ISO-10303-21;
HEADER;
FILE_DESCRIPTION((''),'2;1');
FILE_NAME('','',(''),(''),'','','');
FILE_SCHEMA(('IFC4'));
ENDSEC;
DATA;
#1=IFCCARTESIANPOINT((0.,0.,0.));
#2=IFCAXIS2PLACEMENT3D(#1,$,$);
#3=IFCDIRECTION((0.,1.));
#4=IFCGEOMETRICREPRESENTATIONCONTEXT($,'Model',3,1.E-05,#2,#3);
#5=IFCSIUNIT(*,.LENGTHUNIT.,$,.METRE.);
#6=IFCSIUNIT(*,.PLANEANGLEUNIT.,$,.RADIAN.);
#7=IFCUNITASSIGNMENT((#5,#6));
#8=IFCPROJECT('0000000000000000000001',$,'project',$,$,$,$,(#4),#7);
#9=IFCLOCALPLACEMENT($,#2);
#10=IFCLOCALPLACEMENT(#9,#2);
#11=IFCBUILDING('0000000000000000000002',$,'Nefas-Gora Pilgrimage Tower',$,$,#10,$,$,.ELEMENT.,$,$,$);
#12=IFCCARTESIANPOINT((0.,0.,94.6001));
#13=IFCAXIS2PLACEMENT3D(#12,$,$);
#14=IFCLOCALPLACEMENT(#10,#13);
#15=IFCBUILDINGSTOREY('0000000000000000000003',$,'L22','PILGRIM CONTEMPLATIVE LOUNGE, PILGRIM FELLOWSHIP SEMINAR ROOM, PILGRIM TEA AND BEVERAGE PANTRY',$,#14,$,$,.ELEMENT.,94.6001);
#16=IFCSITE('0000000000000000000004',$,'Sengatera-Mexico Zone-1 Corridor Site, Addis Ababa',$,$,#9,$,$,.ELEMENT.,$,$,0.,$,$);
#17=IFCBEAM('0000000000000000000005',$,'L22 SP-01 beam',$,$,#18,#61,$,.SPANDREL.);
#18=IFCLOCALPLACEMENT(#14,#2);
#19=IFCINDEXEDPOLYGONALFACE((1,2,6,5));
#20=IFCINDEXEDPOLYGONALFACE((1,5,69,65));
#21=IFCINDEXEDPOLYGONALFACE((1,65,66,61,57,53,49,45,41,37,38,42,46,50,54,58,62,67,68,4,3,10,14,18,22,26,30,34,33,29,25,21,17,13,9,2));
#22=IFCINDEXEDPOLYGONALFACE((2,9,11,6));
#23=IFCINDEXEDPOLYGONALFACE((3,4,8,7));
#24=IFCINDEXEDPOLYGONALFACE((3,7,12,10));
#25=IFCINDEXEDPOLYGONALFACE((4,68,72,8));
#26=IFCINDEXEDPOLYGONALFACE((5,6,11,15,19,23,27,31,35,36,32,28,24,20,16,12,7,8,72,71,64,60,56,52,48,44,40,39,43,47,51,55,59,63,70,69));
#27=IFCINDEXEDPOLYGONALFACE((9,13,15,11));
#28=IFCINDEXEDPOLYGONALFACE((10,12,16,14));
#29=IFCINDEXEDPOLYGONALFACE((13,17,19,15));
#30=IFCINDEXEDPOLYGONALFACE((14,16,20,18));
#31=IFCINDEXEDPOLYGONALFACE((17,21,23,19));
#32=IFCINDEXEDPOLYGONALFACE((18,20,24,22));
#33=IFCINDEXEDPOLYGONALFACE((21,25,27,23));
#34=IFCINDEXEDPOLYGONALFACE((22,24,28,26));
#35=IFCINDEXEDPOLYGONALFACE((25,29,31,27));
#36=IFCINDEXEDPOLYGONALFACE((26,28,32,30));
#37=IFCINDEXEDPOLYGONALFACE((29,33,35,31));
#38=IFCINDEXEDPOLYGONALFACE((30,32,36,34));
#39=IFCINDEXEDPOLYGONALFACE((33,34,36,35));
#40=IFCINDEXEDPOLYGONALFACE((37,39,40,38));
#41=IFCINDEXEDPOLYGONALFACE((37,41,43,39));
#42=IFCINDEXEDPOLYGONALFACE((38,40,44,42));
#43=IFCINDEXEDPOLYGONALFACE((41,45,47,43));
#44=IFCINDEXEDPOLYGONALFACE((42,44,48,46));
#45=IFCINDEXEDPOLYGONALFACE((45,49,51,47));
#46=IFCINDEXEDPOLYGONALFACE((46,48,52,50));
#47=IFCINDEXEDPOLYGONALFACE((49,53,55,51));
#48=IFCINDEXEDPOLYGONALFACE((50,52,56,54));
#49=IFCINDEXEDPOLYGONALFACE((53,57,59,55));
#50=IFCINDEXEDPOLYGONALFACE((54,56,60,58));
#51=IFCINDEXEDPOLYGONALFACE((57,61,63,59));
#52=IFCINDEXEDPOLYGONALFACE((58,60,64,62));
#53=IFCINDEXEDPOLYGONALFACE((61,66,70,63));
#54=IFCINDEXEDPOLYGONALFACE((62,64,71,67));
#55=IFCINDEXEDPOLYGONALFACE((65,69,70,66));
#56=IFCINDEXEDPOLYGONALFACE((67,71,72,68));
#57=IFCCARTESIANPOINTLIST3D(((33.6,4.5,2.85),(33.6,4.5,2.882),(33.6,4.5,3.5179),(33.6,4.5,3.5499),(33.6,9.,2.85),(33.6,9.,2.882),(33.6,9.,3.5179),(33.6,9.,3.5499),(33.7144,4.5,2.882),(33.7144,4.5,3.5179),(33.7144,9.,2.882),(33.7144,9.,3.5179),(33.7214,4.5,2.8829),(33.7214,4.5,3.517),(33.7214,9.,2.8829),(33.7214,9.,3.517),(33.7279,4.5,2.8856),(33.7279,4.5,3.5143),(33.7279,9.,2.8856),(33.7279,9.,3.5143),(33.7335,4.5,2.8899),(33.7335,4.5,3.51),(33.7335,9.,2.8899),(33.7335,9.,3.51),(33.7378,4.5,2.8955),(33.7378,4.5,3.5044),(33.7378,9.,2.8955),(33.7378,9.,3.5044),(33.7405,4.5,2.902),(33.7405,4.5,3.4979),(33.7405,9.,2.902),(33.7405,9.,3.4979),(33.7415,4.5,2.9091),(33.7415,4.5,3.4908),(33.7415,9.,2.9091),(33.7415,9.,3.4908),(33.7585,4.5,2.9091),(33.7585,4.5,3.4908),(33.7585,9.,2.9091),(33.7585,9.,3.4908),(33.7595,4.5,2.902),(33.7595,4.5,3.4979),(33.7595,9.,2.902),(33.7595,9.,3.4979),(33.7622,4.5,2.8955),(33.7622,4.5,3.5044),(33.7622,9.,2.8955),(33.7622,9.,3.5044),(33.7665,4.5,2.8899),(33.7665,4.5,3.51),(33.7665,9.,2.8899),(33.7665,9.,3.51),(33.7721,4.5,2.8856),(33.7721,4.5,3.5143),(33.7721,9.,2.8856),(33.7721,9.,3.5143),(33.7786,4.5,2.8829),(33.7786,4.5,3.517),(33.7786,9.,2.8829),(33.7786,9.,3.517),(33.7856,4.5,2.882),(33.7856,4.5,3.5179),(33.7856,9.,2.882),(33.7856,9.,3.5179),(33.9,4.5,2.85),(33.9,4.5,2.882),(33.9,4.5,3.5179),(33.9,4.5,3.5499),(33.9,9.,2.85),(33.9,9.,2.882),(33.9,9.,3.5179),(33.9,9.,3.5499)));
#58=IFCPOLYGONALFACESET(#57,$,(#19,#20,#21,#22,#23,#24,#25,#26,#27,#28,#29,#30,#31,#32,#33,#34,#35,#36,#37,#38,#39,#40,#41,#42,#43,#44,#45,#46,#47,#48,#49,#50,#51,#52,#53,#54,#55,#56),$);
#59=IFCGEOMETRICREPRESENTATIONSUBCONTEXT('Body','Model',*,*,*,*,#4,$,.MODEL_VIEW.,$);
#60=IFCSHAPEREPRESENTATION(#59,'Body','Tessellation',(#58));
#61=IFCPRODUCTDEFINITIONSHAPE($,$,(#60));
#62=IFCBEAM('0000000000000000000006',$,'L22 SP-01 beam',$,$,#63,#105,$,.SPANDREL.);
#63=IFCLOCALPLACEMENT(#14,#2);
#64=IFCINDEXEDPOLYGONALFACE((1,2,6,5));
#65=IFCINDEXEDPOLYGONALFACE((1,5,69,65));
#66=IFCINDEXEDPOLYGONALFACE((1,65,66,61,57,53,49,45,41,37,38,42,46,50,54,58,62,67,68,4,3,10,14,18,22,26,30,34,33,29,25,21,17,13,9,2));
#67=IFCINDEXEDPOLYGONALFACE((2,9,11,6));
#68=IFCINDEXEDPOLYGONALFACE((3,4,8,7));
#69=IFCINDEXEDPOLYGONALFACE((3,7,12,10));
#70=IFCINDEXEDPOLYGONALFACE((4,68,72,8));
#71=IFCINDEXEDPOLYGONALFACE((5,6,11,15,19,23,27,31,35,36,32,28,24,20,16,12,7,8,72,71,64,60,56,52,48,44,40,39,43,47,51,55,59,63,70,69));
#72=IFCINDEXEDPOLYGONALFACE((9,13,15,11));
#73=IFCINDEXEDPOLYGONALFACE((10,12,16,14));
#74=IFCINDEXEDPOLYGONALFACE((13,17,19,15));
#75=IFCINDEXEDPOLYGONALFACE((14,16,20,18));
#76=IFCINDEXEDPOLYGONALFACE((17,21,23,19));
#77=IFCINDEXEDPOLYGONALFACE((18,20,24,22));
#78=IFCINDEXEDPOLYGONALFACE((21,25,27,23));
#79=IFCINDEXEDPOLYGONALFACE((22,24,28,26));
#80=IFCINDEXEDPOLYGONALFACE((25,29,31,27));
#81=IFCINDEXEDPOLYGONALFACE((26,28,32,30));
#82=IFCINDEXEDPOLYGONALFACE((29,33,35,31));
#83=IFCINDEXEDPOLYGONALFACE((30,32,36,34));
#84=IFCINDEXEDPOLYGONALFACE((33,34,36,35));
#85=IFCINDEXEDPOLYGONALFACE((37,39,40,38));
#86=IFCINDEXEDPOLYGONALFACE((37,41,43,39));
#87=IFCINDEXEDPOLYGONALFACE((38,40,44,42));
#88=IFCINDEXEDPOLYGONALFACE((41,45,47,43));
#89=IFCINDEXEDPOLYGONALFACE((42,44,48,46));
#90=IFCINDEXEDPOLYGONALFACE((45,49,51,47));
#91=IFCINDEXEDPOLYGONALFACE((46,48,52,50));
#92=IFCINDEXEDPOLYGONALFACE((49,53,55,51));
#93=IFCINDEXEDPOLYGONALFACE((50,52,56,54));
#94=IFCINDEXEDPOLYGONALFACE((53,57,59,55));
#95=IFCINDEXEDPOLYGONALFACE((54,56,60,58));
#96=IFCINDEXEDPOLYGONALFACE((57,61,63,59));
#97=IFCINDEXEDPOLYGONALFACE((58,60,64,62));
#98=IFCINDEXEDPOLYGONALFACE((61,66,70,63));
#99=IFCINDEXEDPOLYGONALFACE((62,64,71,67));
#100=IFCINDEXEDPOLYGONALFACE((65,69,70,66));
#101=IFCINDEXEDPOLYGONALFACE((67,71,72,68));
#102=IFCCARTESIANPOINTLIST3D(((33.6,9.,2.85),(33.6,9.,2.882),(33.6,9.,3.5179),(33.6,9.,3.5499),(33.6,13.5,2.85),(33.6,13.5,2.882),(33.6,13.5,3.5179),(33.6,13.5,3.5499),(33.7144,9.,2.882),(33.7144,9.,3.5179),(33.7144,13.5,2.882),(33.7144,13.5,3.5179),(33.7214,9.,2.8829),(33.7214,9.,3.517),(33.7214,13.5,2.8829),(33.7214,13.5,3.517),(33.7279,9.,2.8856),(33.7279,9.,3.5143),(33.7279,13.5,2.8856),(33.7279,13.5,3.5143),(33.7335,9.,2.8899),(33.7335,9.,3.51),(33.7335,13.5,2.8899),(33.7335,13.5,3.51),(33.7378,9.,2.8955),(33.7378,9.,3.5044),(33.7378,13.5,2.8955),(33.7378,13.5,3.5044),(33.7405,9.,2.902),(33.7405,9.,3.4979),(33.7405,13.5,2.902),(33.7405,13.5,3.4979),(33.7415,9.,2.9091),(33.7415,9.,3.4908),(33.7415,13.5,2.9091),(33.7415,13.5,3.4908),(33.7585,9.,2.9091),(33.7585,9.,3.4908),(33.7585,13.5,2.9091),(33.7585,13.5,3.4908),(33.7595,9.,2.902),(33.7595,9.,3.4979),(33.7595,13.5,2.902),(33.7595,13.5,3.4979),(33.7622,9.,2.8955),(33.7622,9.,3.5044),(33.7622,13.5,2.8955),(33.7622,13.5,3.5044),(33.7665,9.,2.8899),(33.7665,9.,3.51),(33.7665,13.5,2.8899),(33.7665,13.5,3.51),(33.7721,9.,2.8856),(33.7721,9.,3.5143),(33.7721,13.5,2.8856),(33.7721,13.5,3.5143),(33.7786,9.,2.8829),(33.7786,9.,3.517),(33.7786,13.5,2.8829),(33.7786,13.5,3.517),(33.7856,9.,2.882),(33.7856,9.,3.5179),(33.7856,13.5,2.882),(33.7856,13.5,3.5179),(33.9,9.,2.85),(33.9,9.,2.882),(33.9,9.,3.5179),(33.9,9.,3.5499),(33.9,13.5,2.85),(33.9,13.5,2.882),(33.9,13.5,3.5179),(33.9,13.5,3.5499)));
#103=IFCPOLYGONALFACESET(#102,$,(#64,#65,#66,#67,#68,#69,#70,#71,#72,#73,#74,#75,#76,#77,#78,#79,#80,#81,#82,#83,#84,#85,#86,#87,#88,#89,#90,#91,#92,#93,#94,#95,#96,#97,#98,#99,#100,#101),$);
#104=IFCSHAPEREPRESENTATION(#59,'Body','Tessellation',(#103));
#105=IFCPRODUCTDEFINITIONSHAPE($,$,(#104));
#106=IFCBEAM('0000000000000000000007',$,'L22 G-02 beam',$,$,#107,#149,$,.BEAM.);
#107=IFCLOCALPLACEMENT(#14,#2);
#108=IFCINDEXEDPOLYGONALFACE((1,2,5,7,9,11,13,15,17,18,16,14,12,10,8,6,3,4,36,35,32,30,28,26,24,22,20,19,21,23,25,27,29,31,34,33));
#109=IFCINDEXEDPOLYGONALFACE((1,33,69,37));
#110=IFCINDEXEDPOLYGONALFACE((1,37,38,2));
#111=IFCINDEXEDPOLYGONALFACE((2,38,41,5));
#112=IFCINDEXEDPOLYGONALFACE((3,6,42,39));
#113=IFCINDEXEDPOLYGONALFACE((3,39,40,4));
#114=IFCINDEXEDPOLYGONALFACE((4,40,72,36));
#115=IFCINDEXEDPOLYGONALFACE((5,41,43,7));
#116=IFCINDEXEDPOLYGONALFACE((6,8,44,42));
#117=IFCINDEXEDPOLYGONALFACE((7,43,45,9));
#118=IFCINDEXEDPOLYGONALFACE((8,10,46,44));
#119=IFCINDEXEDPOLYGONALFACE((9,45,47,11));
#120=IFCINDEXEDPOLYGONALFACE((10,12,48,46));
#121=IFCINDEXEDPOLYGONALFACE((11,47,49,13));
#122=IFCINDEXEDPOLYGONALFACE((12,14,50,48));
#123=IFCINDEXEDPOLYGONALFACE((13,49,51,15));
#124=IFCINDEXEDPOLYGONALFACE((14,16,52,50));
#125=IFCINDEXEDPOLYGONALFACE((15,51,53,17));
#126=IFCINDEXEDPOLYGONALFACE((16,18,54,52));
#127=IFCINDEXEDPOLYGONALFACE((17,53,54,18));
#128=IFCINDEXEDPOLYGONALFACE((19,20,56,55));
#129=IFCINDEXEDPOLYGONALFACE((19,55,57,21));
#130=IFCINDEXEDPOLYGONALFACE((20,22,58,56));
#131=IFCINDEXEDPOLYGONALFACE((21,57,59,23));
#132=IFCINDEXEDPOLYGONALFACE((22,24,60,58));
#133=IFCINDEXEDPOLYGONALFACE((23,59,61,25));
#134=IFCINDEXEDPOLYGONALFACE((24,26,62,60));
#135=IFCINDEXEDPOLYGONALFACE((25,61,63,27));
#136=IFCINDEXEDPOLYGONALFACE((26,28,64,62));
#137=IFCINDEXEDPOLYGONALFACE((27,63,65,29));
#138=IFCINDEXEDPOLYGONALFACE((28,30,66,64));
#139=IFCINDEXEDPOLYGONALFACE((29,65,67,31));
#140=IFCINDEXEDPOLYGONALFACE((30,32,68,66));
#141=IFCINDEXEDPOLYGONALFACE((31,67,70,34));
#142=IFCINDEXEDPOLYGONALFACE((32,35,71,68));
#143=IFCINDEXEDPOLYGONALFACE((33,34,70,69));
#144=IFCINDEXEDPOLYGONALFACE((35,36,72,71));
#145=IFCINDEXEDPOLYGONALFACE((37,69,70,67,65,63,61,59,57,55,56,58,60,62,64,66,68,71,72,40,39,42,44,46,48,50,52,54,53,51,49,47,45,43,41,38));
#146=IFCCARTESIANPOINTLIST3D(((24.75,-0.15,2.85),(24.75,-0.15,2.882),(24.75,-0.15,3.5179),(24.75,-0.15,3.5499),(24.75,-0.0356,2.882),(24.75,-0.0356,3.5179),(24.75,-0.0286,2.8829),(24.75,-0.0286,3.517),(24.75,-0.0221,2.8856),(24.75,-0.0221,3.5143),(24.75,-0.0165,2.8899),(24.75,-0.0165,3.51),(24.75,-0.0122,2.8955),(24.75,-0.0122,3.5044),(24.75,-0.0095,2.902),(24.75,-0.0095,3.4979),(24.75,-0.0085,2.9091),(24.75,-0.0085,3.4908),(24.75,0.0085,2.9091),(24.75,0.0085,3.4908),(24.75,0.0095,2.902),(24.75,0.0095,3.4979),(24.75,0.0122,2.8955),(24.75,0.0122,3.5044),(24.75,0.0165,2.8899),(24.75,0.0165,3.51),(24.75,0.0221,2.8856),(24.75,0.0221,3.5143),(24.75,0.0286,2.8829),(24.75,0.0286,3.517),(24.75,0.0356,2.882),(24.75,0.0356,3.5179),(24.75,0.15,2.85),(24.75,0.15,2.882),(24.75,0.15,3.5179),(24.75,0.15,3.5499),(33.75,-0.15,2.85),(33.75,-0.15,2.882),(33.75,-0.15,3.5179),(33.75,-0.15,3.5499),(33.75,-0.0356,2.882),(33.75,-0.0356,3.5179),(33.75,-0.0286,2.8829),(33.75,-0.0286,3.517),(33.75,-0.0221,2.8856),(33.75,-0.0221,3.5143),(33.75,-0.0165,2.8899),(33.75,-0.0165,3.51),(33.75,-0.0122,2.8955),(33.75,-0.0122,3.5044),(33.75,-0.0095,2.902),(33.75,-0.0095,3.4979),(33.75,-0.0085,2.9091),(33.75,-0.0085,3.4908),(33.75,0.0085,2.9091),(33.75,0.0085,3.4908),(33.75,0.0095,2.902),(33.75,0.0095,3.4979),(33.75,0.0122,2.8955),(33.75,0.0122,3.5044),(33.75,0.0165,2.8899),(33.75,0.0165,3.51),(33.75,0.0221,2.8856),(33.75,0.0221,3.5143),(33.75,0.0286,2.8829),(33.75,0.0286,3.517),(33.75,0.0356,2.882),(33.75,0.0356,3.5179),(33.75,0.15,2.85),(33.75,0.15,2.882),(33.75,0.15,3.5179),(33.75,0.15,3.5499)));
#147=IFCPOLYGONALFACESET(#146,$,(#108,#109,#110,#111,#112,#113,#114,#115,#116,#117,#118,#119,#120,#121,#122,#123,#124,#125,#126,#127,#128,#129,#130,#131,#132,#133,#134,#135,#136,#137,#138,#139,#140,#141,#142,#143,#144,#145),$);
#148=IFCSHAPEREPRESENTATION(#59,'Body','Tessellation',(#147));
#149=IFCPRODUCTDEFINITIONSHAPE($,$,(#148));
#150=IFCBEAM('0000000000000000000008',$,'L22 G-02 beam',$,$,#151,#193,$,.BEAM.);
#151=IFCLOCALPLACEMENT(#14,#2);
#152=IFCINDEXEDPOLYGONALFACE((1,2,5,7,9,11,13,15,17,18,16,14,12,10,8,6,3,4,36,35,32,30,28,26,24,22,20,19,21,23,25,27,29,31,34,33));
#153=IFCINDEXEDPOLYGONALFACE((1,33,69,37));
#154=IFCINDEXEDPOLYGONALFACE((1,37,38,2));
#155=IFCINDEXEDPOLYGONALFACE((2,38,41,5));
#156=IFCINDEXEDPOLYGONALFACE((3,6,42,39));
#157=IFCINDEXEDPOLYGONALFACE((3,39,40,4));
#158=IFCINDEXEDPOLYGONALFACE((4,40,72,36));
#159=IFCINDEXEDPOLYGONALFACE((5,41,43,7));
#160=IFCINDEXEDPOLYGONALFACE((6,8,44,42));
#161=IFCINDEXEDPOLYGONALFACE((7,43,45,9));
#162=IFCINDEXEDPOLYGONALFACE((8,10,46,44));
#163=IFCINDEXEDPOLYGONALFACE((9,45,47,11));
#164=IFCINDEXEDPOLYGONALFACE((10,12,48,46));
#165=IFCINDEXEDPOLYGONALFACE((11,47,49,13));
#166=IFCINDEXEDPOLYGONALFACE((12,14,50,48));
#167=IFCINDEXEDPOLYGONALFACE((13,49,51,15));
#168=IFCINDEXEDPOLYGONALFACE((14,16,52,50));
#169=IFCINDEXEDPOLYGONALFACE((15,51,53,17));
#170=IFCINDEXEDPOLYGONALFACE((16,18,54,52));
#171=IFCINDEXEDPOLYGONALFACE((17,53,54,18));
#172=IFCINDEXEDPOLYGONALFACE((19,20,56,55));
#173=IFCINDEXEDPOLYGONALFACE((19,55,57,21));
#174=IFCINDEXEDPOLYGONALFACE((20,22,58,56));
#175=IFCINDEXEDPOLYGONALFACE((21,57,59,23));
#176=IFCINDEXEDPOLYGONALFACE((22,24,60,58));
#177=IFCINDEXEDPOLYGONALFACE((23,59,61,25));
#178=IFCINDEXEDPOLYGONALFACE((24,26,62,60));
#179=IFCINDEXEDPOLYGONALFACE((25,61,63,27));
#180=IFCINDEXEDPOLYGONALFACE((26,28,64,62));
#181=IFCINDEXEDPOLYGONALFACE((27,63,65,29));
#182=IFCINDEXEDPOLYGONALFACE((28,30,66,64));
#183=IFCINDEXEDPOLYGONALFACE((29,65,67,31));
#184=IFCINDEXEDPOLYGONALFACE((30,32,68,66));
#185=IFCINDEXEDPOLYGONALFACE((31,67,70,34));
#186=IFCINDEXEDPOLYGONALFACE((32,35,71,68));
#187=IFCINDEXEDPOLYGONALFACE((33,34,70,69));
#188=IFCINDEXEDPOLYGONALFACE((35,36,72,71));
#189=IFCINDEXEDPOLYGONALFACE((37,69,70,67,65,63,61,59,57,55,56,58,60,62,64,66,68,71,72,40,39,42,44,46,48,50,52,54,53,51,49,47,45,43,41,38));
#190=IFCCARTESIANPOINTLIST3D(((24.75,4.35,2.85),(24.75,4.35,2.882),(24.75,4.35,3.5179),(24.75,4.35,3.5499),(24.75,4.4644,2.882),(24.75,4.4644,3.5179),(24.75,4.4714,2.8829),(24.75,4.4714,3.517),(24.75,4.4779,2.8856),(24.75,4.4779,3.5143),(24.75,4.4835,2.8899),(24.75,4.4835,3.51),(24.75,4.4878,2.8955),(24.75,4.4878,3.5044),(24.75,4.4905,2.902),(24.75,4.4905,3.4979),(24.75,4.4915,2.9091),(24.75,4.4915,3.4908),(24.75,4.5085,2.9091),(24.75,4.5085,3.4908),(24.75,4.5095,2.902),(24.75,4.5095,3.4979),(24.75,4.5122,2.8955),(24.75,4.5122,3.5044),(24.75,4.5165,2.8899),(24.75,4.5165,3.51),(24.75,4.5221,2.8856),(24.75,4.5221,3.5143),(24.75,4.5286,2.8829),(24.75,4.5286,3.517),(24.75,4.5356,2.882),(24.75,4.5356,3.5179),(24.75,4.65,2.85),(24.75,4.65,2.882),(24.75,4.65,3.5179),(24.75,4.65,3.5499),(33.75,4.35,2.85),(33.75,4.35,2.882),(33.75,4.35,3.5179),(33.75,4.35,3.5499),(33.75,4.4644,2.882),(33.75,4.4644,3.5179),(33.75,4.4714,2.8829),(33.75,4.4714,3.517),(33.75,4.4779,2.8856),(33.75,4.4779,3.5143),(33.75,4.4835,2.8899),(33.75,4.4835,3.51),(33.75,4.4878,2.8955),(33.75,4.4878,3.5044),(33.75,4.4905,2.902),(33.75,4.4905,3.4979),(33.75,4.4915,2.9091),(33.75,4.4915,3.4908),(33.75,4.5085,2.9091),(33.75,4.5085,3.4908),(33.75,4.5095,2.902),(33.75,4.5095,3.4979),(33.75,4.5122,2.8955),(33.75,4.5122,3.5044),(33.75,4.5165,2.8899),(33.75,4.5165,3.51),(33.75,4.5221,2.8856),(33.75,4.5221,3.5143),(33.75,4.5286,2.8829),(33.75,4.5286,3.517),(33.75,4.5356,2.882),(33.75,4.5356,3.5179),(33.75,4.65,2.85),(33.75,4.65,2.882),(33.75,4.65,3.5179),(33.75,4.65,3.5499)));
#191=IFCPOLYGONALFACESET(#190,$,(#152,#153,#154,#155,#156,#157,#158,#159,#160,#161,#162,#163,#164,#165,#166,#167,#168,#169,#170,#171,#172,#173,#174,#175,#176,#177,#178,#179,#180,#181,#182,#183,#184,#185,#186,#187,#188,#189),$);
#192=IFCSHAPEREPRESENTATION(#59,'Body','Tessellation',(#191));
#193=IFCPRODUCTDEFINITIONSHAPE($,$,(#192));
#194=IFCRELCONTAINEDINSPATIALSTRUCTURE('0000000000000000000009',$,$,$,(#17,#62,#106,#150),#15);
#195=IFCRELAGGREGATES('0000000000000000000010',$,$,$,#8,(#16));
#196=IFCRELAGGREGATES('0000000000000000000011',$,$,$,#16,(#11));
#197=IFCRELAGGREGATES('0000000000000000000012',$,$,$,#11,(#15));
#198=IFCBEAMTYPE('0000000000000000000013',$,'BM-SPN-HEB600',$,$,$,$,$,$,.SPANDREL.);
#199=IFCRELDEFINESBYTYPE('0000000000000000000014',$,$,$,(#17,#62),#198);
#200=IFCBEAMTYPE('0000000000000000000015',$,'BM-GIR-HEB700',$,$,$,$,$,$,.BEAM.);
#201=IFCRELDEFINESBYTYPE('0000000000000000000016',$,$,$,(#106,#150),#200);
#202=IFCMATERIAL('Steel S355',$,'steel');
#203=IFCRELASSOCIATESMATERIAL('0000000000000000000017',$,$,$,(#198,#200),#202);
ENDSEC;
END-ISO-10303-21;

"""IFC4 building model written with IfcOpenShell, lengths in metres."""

from ifc_helpers import new_model, si_unit, direction, frame, origin, origin_2d, place, context, subcontext, project, spatial, i_section, extrude, source, transform, mapped, material, material_profile, profile_set, type_object, element, save


model = new_model("IFC4")

# Units and contexts
model_context = context("Model", 3, precision=1e-05, world=origin(), true_north=direction((0.0, 1.0)))
body_context = subcontext(model_context, "Body", "Model", "MODEL_VIEW")
ifc_project = project(units=[si_unit("LENGTHUNIT", "METRE"), si_unit("PLANEANGLEUNIT", "RADIAN")], contexts=[model_context])

# Site, building, storey
site_placement = place(None, origin())
site = spatial("IfcSite", under=ifc_project, at=site_placement, Name="Sengatera-Mexico Zone-1 Corridor Site, Addis Ababa", CompositionType="ELEMENT", RefElevation=0.0)
building_placement = place(site_placement, origin())
building = spatial("IfcBuilding", under=site, at=building_placement, Name="Nefas-Gora Pilgrimage Tower", CompositionType="ELEMENT")
storey_placement = place(building_placement, frame((0.0, 0.0, 94.6001)))
storey = spatial("IfcBuildingStorey", under=building, at=storey_placement, Name="L22", Description="PILGRIM CONTEMPLATIVE LOUNGE, PILGRIM FELLOWSHIP SEMINAR ROOM, PILGRIM TEA AND BEVERAGE PANTRY", CompositionType="ELEMENT", Elevation=94.6001)

# Beams
ifc_material_1 = material(Name="Steel S355", Category="steel")
ifc_material_profile_1 = material_profile(ifc_material_1, i_section(OverallWidth=0.3, OverallDepth=0.7, WebThickness=0.0171, FlangeThickness=0.032, FilletRadius=0.0271, at=origin_2d()), Name="HEB 700")
ifc_profile_set_1 = profile_set([ifc_material_profile_1], Name="Steel S355")
beam_type_1 = type_object("IfcBeamType", Name="BM-SPN-HEB600", PredefinedType="SPANDREL", material=ifc_profile_set_1)
shared_shape_1 = source(origin(), body_context, "Body", "SweptSolid", [
    extrude(i_section(OverallWidth=0.3, OverallDepth=0.7, WebThickness=0.0171, FlangeThickness=0.032, FilletRadius=0.0271, at=origin_2d()), origin(), (0.0, 0.0, 1.0), 4.5),
])
for number, where, z_axis, x_axis, name in (
    (1, (33.75, 4.5, 3.2), (0.0, 1.0, 0.0), (-1.0, 0.0, 0.0), "L22 SP-01 beam"),
    (2, (33.75, 9.0, 3.2), (0.0, 1.0, 0.0), (-1.0, 0.0, 0.0), "L22 SP-01 beam"),
):
    element("IfcBeam", number, at=place(storey_placement, frame(where, z_axis=z_axis, x_axis=x_axis)), inside=storey, type_object=beam_type_1, Name=name, PredefinedType="SPANDREL", context=body_context, shape_type="MappedRepresentation", body=[
        mapped(shared_shape_1, transform((0.0, 0.0, 0.0), x_axis=(1.0, 0.0, 0.0), y_axis=(0.0, 1.0, 0.0), z_axis=(0.0, 0.0, 1.0), scale=1.0)),
    ])
ifc_material_profile_2 = material_profile(ifc_material_1, i_section(OverallWidth=0.3, OverallDepth=0.7, WebThickness=0.0171, FlangeThickness=0.032, FilletRadius=0.0271, at=origin_2d()), Name="HEB 700")
ifc_profile_set_2 = profile_set([ifc_material_profile_2], Name="Steel S355")
beam_type_2 = type_object("IfcBeamType", Name="BM-GIR-HEB700", PredefinedType="BEAM", material=ifc_profile_set_2)
shared_shape_2 = source(origin(), body_context, "Body", "SweptSolid", [
    extrude(i_section(OverallWidth=0.3, OverallDepth=0.7, WebThickness=0.0171, FlangeThickness=0.032, FilletRadius=0.0271, at=origin_2d()), origin(), (0.0, 0.0, 1.0), 9.0),
])
for number, where, z_axis, x_axis, name in (
    (3, (24.75, 0.0, 3.2), (1.0, 0.0, 0.0), (0.0, 1.0, 0.0), "L22 G-02 beam"),
    (4, (24.75, 4.5, 3.2), (1.0, 0.0, 0.0), (0.0, 1.0, 0.0), "L22 G-02 beam"),
):
    element("IfcBeam", number, at=place(storey_placement, frame(where, z_axis=z_axis, x_axis=x_axis)), inside=storey, type_object=beam_type_2, Name=name, PredefinedType="BEAM", context=body_context, shape_type="MappedRepresentation", body=[
        mapped(shared_shape_2, transform((0.0, 0.0, 0.0), x_axis=(1.0, 0.0, 0.0), y_axis=(0.0, 1.0, 0.0), z_axis=(0.0, 0.0, 1.0), scale=1.0)),
    ])

save(model, "model.ifc")
